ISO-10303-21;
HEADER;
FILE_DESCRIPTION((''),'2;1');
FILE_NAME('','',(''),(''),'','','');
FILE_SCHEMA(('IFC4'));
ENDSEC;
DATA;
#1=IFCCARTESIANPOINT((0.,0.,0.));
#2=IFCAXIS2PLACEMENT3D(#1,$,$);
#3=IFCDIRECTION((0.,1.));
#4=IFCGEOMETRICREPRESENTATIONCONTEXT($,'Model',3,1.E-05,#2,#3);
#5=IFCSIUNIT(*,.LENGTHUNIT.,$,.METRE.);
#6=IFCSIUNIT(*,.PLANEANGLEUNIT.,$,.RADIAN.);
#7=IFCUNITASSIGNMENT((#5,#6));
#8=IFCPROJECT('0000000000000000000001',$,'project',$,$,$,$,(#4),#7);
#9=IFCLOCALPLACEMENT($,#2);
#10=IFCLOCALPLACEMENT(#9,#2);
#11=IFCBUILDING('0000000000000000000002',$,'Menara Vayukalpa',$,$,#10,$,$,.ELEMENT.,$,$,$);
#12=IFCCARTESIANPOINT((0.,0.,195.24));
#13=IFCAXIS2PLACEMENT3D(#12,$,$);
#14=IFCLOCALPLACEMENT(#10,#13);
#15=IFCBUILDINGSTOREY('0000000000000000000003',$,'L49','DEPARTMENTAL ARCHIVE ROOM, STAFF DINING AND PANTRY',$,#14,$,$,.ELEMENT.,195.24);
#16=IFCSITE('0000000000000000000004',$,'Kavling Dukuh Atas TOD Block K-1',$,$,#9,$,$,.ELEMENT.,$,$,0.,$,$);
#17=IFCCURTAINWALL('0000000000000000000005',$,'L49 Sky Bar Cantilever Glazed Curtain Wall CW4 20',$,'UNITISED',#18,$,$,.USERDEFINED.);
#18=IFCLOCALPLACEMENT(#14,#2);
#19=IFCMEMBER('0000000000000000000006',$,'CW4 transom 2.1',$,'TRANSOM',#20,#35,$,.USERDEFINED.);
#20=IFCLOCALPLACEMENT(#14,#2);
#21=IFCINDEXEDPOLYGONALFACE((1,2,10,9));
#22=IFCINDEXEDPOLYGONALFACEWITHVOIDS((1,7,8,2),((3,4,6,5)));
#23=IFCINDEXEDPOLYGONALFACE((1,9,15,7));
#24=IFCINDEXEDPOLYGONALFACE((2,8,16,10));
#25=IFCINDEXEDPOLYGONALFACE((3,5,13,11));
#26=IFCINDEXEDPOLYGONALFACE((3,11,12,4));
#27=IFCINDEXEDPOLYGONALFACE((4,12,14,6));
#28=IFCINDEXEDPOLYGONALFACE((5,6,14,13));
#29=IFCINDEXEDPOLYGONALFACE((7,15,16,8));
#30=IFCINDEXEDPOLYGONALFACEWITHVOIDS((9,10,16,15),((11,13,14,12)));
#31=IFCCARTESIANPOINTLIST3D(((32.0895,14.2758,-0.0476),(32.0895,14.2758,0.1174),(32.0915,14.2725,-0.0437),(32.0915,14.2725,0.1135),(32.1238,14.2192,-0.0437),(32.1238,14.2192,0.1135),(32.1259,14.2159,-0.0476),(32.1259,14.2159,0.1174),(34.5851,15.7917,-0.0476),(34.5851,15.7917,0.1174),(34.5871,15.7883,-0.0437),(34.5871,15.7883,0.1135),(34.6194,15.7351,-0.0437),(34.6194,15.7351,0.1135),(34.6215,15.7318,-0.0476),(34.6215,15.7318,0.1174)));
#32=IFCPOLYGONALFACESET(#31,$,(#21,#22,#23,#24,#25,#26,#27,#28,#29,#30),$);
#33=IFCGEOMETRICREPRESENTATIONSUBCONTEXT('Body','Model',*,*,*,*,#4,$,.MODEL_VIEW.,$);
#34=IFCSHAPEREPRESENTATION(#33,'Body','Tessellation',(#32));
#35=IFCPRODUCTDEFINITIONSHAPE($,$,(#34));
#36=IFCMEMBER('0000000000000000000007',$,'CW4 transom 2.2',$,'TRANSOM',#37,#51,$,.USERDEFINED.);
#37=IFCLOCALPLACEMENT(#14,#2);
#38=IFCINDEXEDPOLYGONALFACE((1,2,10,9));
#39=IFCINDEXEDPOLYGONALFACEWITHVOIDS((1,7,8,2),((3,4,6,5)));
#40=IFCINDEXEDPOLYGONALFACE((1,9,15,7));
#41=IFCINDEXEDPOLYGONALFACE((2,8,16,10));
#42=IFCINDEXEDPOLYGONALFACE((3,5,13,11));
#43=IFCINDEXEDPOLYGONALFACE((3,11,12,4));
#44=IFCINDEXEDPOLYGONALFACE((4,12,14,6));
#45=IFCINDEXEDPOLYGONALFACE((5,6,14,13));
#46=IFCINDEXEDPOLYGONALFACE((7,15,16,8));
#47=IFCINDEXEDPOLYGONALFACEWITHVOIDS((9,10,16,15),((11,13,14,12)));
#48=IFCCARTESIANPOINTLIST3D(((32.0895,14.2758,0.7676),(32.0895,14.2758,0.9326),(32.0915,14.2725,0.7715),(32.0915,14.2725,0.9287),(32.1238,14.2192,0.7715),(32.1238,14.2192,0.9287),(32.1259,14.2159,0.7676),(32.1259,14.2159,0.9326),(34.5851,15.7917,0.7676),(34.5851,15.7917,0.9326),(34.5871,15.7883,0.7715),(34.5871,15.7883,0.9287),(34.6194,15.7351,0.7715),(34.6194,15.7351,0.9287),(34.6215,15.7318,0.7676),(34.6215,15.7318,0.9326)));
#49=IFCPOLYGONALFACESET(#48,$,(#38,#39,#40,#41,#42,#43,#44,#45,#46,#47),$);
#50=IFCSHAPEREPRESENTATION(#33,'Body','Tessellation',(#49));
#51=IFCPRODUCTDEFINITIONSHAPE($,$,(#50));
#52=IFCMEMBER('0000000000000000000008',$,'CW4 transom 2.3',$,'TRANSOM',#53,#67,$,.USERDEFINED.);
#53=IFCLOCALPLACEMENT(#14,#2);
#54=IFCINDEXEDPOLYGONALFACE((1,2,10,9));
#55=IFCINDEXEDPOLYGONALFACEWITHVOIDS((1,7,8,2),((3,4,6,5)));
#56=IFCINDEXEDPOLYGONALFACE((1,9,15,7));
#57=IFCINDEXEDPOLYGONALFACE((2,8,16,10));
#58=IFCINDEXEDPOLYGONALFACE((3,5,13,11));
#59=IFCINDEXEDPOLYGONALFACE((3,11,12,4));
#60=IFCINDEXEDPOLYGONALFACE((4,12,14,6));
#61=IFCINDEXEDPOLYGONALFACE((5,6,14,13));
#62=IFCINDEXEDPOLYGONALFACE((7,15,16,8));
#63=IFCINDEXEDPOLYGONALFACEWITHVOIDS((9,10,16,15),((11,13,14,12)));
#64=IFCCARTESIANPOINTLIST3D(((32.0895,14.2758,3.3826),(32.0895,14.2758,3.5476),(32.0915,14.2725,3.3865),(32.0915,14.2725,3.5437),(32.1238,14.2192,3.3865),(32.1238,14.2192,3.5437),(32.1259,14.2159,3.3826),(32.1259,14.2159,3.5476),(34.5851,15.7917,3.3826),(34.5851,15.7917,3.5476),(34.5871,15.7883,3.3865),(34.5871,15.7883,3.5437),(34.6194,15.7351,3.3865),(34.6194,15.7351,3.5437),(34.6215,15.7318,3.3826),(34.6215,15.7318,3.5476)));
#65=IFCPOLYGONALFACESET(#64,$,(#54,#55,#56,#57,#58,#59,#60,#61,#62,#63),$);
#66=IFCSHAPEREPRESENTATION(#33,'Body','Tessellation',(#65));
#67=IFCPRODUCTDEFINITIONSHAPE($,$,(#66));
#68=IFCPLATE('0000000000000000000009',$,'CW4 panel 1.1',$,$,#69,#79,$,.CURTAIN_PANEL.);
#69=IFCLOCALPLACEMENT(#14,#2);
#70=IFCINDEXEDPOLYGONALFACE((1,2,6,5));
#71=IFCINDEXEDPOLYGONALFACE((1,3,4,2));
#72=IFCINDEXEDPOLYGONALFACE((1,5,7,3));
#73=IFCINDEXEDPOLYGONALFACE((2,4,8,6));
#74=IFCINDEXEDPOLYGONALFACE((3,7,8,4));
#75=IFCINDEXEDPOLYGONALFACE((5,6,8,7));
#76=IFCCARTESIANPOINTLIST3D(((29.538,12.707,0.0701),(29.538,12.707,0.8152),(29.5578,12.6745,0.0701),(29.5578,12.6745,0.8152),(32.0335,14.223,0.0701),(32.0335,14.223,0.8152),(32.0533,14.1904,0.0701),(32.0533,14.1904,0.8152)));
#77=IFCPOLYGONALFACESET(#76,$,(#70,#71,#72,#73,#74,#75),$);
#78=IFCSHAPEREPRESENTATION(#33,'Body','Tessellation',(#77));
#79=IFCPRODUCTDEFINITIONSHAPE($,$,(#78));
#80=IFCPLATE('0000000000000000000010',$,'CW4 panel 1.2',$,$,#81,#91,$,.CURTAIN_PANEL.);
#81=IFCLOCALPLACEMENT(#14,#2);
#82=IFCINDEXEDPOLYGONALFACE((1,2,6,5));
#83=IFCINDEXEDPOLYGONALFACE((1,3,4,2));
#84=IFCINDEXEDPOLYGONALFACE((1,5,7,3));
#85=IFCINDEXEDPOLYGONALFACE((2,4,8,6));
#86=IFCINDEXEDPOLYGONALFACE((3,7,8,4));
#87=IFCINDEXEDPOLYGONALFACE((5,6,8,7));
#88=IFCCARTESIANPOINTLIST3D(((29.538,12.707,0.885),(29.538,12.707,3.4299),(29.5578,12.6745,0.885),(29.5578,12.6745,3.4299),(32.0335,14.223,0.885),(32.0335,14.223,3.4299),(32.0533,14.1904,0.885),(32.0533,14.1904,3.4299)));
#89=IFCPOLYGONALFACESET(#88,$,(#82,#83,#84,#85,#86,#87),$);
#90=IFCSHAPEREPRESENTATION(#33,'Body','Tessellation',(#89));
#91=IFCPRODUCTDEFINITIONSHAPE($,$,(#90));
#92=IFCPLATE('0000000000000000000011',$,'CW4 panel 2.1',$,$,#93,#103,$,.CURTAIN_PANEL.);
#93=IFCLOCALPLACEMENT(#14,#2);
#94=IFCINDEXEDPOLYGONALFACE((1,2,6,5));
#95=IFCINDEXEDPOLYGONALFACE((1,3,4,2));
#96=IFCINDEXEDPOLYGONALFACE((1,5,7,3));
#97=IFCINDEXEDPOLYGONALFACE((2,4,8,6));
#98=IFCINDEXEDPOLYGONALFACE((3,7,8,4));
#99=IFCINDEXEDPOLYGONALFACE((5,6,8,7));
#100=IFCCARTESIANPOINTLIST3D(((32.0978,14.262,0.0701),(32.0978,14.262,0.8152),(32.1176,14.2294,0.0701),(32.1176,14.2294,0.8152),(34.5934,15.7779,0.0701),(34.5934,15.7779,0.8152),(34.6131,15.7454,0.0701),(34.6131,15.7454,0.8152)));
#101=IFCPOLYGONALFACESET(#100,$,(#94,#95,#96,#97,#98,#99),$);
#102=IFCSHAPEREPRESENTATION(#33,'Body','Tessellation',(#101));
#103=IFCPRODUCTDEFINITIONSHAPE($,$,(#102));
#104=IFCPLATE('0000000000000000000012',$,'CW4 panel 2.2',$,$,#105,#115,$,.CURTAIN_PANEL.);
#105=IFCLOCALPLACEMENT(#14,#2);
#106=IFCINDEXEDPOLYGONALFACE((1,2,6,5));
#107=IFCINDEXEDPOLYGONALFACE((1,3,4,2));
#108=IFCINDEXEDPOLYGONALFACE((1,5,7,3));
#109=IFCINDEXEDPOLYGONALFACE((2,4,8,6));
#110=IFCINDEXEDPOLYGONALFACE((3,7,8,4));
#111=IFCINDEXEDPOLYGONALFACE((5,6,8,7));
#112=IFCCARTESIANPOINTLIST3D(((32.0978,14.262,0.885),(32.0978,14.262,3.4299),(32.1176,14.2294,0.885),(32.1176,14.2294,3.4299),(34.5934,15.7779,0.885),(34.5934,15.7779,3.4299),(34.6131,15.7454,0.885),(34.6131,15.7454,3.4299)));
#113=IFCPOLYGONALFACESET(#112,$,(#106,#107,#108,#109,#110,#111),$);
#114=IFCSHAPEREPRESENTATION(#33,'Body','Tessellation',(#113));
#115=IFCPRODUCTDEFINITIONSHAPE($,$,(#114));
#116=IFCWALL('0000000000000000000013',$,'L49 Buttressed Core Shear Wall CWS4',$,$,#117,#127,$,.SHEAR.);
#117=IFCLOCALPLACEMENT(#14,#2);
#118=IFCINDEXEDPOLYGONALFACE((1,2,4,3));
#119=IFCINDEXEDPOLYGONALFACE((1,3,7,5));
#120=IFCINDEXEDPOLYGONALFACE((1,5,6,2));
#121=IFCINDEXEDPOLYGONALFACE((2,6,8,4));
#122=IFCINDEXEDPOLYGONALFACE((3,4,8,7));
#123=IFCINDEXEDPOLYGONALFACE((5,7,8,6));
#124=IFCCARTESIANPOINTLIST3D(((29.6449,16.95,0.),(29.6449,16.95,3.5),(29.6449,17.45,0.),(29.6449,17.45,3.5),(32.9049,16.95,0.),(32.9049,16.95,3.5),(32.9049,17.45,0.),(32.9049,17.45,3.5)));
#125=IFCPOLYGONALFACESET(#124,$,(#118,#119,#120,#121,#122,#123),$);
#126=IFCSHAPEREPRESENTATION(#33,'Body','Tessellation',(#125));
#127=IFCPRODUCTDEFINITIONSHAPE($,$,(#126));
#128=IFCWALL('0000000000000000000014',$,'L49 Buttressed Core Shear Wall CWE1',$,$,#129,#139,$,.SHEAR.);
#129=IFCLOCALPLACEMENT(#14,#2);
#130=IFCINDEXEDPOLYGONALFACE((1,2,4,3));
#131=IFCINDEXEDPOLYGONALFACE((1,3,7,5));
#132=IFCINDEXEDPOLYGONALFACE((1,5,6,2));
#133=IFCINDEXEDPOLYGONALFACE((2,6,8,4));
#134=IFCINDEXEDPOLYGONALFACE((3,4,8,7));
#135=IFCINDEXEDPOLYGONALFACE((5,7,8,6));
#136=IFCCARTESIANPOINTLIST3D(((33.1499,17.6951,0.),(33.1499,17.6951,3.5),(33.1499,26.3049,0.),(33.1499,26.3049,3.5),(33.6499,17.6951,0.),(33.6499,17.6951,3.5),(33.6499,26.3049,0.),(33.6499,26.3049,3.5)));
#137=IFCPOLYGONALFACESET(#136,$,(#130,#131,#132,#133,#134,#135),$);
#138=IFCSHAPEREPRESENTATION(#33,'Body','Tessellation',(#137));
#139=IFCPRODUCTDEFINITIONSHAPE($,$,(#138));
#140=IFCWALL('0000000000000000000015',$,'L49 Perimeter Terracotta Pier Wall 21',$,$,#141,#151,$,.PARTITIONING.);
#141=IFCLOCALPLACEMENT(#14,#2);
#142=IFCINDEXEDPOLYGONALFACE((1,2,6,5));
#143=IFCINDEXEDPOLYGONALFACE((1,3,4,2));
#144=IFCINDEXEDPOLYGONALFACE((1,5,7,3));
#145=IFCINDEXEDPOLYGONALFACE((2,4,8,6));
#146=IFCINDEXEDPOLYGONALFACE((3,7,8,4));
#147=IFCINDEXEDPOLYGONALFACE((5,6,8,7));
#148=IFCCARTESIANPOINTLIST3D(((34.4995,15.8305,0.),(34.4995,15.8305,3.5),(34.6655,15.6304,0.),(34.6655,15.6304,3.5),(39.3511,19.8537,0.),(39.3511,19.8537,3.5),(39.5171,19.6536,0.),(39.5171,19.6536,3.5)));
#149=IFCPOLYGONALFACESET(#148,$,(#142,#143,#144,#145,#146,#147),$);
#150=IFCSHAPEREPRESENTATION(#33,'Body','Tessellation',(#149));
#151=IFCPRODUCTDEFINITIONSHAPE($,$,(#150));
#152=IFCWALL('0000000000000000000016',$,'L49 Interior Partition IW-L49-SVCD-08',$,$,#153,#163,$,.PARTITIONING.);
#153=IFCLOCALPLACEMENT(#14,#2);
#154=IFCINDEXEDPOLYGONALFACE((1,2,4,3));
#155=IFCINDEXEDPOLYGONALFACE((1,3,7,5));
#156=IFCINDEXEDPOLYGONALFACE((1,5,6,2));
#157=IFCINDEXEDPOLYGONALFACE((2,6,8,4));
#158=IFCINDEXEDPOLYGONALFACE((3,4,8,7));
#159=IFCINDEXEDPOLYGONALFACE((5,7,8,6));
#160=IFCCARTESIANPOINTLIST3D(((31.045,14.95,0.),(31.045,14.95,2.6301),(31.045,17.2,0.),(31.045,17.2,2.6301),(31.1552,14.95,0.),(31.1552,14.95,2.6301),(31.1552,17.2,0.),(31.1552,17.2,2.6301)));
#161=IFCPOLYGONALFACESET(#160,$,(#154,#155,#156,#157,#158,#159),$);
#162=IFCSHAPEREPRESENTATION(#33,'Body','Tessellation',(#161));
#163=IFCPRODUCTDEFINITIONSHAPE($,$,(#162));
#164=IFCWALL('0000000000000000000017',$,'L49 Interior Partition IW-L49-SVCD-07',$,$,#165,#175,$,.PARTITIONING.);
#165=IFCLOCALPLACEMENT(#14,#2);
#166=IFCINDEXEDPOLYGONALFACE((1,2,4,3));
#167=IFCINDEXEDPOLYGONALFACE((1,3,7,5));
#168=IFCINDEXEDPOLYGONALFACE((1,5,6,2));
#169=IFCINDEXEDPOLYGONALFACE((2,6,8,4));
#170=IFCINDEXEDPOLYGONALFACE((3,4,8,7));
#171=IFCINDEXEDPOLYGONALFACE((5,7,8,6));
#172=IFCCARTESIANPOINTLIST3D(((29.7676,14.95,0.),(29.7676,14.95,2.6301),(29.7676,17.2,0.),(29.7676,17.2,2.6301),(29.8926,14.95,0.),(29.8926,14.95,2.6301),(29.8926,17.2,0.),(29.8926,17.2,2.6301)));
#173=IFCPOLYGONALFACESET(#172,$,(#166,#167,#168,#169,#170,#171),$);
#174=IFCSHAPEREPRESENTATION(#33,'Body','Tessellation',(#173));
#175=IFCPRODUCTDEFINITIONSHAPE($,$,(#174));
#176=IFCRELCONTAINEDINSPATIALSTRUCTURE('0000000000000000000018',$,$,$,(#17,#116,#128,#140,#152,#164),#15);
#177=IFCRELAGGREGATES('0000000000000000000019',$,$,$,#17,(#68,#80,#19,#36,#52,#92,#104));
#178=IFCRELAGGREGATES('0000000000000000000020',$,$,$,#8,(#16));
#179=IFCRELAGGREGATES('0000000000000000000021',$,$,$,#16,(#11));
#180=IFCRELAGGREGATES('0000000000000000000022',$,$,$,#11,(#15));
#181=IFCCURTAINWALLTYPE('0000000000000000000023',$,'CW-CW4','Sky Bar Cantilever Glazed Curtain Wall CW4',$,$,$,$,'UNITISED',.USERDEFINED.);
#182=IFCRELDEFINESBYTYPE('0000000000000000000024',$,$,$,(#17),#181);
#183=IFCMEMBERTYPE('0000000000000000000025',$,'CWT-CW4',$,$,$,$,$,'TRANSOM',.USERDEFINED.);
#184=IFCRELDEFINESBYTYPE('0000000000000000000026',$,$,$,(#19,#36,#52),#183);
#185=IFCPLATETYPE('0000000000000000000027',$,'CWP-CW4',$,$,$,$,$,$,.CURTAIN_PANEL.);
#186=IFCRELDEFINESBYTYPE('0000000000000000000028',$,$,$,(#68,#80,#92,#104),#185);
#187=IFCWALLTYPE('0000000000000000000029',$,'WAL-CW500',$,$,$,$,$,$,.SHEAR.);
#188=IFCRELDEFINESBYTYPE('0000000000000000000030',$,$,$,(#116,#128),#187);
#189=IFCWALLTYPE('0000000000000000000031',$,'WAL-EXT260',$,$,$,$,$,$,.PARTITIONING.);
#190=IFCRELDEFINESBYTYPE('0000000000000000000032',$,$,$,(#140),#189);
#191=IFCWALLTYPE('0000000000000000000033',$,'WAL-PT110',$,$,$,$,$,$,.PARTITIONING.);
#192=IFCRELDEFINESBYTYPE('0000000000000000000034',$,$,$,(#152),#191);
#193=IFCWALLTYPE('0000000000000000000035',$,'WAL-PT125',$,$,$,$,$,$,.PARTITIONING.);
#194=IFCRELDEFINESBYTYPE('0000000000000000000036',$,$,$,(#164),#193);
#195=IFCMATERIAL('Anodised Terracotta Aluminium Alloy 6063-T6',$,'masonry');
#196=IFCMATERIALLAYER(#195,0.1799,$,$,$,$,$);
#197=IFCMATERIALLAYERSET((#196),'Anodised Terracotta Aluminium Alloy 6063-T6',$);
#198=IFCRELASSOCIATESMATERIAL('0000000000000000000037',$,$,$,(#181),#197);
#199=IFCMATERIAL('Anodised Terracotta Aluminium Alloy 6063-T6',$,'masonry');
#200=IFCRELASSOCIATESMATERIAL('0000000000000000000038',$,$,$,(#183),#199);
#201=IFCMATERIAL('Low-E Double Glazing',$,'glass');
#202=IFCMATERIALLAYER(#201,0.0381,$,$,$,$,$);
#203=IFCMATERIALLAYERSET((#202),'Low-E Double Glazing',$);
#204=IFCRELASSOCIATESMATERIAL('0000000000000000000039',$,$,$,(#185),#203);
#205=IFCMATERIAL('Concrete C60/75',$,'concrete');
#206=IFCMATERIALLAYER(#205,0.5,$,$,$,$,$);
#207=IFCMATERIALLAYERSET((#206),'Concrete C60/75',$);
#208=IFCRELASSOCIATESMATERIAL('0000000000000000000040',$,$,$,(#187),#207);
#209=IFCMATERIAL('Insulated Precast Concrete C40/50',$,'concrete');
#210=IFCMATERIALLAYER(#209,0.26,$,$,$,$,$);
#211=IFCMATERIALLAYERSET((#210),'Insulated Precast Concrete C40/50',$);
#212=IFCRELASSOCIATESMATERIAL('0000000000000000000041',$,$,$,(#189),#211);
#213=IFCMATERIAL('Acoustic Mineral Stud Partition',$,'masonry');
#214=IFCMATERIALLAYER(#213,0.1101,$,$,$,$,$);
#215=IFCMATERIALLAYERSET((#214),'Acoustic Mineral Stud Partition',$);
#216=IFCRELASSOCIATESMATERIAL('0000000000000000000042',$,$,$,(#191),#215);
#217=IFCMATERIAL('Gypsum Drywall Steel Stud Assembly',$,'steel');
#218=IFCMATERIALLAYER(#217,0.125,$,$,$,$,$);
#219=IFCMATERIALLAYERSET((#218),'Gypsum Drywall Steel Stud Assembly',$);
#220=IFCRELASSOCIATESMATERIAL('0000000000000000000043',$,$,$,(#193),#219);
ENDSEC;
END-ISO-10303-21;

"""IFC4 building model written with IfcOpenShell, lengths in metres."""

from ifc_helpers import new_model, si_unit, direction, frame, frame_2d, origin, origin_2d, place, context, subcontext, project, spatial, rectangle, hollow_rectangle, extrude, material, layer, layer_set, material_profile, profile_set, type_object, element, aggregate, save


model = new_model("IFC4")

# Units and contexts
model_context = context("Model", 3, precision=1e-05, world=origin(), true_north=direction((0.0, 1.0)))
body_context = subcontext(model_context, "Body", "Model", "MODEL_VIEW")
ifc_project = project(units=[si_unit("LENGTHUNIT", "METRE"), si_unit("PLANEANGLEUNIT", "RADIAN")], contexts=[model_context])

# Site, building, storey
site_placement = place(None, origin())
site = spatial("IfcSite", under=ifc_project, at=site_placement, Name="Kavling Dukuh Atas TOD Block K-1", CompositionType="ELEMENT", RefElevation=0.0)
building_placement = place(site_placement, origin())
building = spatial("IfcBuilding", under=site, at=building_placement, Name="Menara Vayukalpa", CompositionType="ELEMENT")
storey_placement = place(building_placement, frame((0.0, 0.0, 195.24)))
storey = spatial("IfcBuildingStorey", under=building, at=storey_placement, Name="L49", Description="DEPARTMENTAL ARCHIVE ROOM, STAFF DINING AND PANTRY", CompositionType="ELEMENT", Elevation=195.24)

# Shared definitions
ifc_material_1 = material(Name="Anodised Terracotta Aluminium Alloy 6063-T6", Category="masonry")
ifc_layer_1 = layer(ifc_material_1, 0.1799)
ifc_layer_set_1 = layer_set([ifc_layer_1], Name="Anodised Terracotta Aluminium Alloy 6063-T6")
curtain_wall_type = type_object("IfcCurtainWallType", Name="CW-CW4", Description="Sky Bar Cantilever Glazed Curtain Wall CW4", ElementType="UNITISED", PredefinedType="USERDEFINED", material=ifc_layer_set_1)

# Curtain wall, members, plates
curtain_wall_1_placement = place(storey_placement, origin())
curtain_wall_1 = element("IfcCurtainWall", 1, at=curtain_wall_1_placement, inside=storey, type_object=curtain_wall_type, Name="L49 Sky Bar Cantilever Glazed Curtain Wall CW4 20", ObjectType="UNITISED", PredefinedType="USERDEFINED")
ifc_material_2 = material(Name="Anodised Terracotta Aluminium Alloy 6063-T6", Category="masonry")
ifc_material_profile_1 = material_profile(ifc_material_2, hollow_rectangle(XDim=0.0701, YDim=0.165, WallThickness=0.0039, at=origin_2d()), Name="ALU 70x165x4")
ifc_profile_set_1 = profile_set([ifc_material_profile_1], Name="Anodised Terracotta Aluminium Alloy 6063-T6")
member_type_1 = type_object("IfcMemberType", Name="CWT-CW4", ElementType="TRANSOM", PredefinedType="USERDEFINED", material=ifc_profile_set_1)
member_1_placement = place(storey_placement, frame((32.1077, 14.2458, 0.0349), z_axis=(0.854684, 0.519148, 0.0), x_axis=(-0.519148, 0.854684, 0.0)))
member_1 = element("IfcMember", 2, at=member_1_placement, type_object=member_type_1, Name="CW4 transom 2.1", ObjectType="TRANSOM", PredefinedType="USERDEFINED", context=body_context, shape_type="SweptSolid", body=[
    extrude(hollow_rectangle(XDim=0.0701, YDim=0.165, WallThickness=0.0039, at=origin_2d()), origin(), (0.0, 0.0, 1.0), 2.9199),
])
member_2_placement = place(storey_placement, frame((32.1077, 14.2458, 0.8501), z_axis=(0.854684, 0.519148, 0.0), x_axis=(-0.519148, 0.854684, 0.0)))
member_2 = element("IfcMember", 3, at=member_2_placement, type_object=member_type_1, Name="CW4 transom 2.2", ObjectType="TRANSOM", PredefinedType="USERDEFINED", context=body_context, shape_type="SweptSolid", body=[
    extrude(hollow_rectangle(XDim=0.0701, YDim=0.165, WallThickness=0.0039, at=origin_2d()), origin(), (0.0, 0.0, 1.0), 2.9199),
])
member_3_placement = place(storey_placement, frame((32.1077, 14.2458, 3.4651), z_axis=(0.854684, 0.519148, 0.0), x_axis=(-0.519148, 0.854684, 0.0)))
member_3 = element("IfcMember", 4, at=member_3_placement, type_object=member_type_1, Name="CW4 transom 2.3", ObjectType="TRANSOM", PredefinedType="USERDEFINED", context=body_context, shape_type="SweptSolid", body=[
    extrude(hollow_rectangle(XDim=0.0701, YDim=0.165, WallThickness=0.0039, at=origin_2d()), origin(), (0.0, 0.0, 1.0), 2.9199),
])
ifc_material_3 = material(Name="Low-E Double Glazing", Category="glass")
ifc_layer_2 = layer(ifc_material_3, 0.0381)
ifc_layer_set_2 = layer_set([ifc_layer_2], Name="Low-E Double Glazing")
plate_type = type_object("IfcPlateType", Name="CWP-CW4", PredefinedType="CURTAIN_PANEL", material=ifc_layer_set_2)
plate_1_placement = place(storey_placement, frame((30.7957, 13.4487, 0.0701), z_axis=(0.0, 0.0, 1.0), x_axis=(0.854665, 0.51918, 0.0)))
plate_1 = element("IfcPlate", 5, at=plate_1_placement, type_object=plate_type, Name="CW4 panel 1.1", PredefinedType="CURTAIN_PANEL", context=body_context, shape_type="SweptSolid", body=[
    extrude(rectangle(XDim=2.9199, YDim=0.0381, at=origin_2d()), origin(), (0.0, 0.0, 1.0), 0.7451),
])
plate_2_placement = place(storey_placement, frame((30.7957, 13.4487, 0.885), z_axis=(0.0, 0.0, 1.0), x_axis=(0.854665, 0.51918, 0.0)))
plate_2 = element("IfcPlate", 6, at=plate_2_placement, type_object=plate_type, Name="CW4 panel 1.2", PredefinedType="CURTAIN_PANEL", context=body_context, shape_type="SweptSolid", body=[
    extrude(rectangle(XDim=2.9199, YDim=0.0381, at=origin_2d()), origin(), (0.0, 0.0, 1.0), 2.5449),
])
plate_3_placement = place(storey_placement, frame((33.3555, 15.0037, 0.0701), z_axis=(0.0, 0.0, 1.0), x_axis=(0.854665, 0.51918, 0.0)))
plate_3 = element("IfcPlate", 7, at=plate_3_placement, type_object=plate_type, Name="CW4 panel 2.1", PredefinedType="CURTAIN_PANEL", context=body_context, shape_type="SweptSolid", body=[
    extrude(rectangle(XDim=2.9199, YDim=0.0381, at=origin_2d()), origin(), (0.0, 0.0, 1.0), 0.7451),
])
plate_4_placement = place(storey_placement, frame((33.3555, 15.0037, 0.885), z_axis=(0.0, 0.0, 1.0), x_axis=(0.854665, 0.51918, 0.0)))
plate_4 = element("IfcPlate", 8, at=plate_4_placement, type_object=plate_type, Name="CW4 panel 2.2", PredefinedType="CURTAIN_PANEL", context=body_context, shape_type="SweptSolid", body=[
    extrude(rectangle(XDim=2.9199, YDim=0.0381, at=origin_2d()), origin(), (0.0, 0.0, 1.0), 2.5449),
])
aggregate(curtain_wall_1, [plate_1, plate_2, member_1, member_2, member_3, plate_3, plate_4])

# Walls
ifc_material_4 = material(Name="Concrete C60/75", Category="concrete")
ifc_layer_3 = layer(ifc_material_4, 0.5)
ifc_layer_set_3 = layer_set([ifc_layer_3], Name="Concrete C60/75")
wall_type_1 = type_object("IfcWallType", Name="WAL-CW500", PredefinedType="SHEAR", material=ifc_layer_set_3)
wall_1_placement = place(storey_placement, frame((29.645, 17.2, 0.0), z_axis=(0.0, 0.0, 1.0), x_axis=(1.0, 0.0, 0.0)))
element("IfcWall", 9, at=wall_1_placement, inside=storey, type_object=wall_type_1, Name="L49 Buttressed Core Shear Wall CWS4", PredefinedType="SHEAR", context=body_context, shape_type="SweptSolid", body=[
    extrude(rectangle(XDim=3.26, YDim=0.5, at=frame_2d((1.6299, 0.0))), origin(), (0.0, 0.0, 1.0), 3.5),
])
wall_2_placement = place(storey_placement, frame((33.3999, 17.6951, 0.0), z_axis=(0.0, 0.0, 1.0), x_axis=(0.0, 1.0, 0.0)))
element("IfcWall", 10, at=wall_2_placement, inside=storey, type_object=wall_type_1, Name="L49 Buttressed Core Shear Wall CWE1", PredefinedType="SHEAR", context=body_context, shape_type="SweptSolid", body=[
    extrude(rectangle(XDim=8.6099, YDim=0.5, at=frame_2d((4.3049, 0.0))), origin(), (0.0, 0.0, 1.0), 3.5),
])
ifc_material_5 = material(Name="Insulated Precast Concrete C40/50", Category="concrete")
ifc_layer_4 = layer(ifc_material_5, 0.26)
ifc_layer_set_4 = layer_set([ifc_layer_4], Name="Insulated Precast Concrete C40/50")
wall_type_2 = type_object("IfcWallType", Name="WAL-EXT260", PredefinedType="PARTITIONING", material=ifc_layer_set_4)
wall_3_placement = place(storey_placement, frame((39.4341, 19.7537, 0.0), z_axis=(0.0, 0.0, 1.0), x_axis=(-0.769762, -0.638331, 0.0)))
element("IfcWall", 11, at=wall_3_placement, inside=storey, type_object=wall_type_2, Name="L49 Perimeter Terracotta Pier Wall 21", PredefinedType="PARTITIONING", context=body_context, shape_type="SweptSolid", body=[
    extrude(rectangle(XDim=6.3027, YDim=0.26, at=frame_2d((3.1514, 0.0))), origin(), (0.0, 0.0, 1.0), 3.5),
])
ifc_material_6 = material(Name="Acoustic Mineral Stud Partition", Category="masonry")
ifc_layer_5 = layer(ifc_material_6, 0.1101)
ifc_layer_set_5 = layer_set([ifc_layer_5], Name="Acoustic Mineral Stud Partition")
wall_type_3 = type_object("IfcWallType", Name="WAL-PT110", PredefinedType="PARTITIONING", material=ifc_layer_set_5)
wall_4_placement = place(storey_placement, frame((31.1001, 14.95, 0.0), z_axis=(0.0, 0.0, 1.0), x_axis=(0.0, 1.0, 0.0)))
element("IfcWall", 12, at=wall_4_placement, inside=storey, type_object=wall_type_3, Name="L49 Interior Partition IW-L49-SVCD-08", PredefinedType="PARTITIONING", context=body_context, shape_type="SweptSolid", body=[
    extrude(rectangle(XDim=2.25, YDim=0.1101, at=frame_2d((1.125, 0.0))), origin(), (0.0, 0.0, 1.0), 2.6301),
])
ifc_material_7 = material(Name="Gypsum Drywall Steel Stud Assembly", Category="steel")
ifc_layer_6 = layer(ifc_material_7, 0.125)
ifc_layer_set_6 = layer_set([ifc_layer_6], Name="Gypsum Drywall Steel Stud Assembly")
wall_type_4 = type_object("IfcWallType", Name="WAL-PT125", PredefinedType="PARTITIONING", material=ifc_layer_set_6)
wall_5_placement = place(storey_placement, frame((29.8301, 14.95, 0.0), z_axis=(0.0, 0.0, 1.0), x_axis=(0.0, 1.0, 0.0)))
element("IfcWall", 13, at=wall_5_placement, inside=storey, type_object=wall_type_4, Name="L49 Interior Partition IW-L49-SVCD-07", PredefinedType="PARTITIONING", context=body_context, shape_type="SweptSolid", body=[
    extrude(rectangle(XDim=2.25, YDim=0.125, at=frame_2d((1.125, 0.0))), origin(), (0.0, 0.0, 1.0), 2.6301),
])

save(model, "model.ifc")
